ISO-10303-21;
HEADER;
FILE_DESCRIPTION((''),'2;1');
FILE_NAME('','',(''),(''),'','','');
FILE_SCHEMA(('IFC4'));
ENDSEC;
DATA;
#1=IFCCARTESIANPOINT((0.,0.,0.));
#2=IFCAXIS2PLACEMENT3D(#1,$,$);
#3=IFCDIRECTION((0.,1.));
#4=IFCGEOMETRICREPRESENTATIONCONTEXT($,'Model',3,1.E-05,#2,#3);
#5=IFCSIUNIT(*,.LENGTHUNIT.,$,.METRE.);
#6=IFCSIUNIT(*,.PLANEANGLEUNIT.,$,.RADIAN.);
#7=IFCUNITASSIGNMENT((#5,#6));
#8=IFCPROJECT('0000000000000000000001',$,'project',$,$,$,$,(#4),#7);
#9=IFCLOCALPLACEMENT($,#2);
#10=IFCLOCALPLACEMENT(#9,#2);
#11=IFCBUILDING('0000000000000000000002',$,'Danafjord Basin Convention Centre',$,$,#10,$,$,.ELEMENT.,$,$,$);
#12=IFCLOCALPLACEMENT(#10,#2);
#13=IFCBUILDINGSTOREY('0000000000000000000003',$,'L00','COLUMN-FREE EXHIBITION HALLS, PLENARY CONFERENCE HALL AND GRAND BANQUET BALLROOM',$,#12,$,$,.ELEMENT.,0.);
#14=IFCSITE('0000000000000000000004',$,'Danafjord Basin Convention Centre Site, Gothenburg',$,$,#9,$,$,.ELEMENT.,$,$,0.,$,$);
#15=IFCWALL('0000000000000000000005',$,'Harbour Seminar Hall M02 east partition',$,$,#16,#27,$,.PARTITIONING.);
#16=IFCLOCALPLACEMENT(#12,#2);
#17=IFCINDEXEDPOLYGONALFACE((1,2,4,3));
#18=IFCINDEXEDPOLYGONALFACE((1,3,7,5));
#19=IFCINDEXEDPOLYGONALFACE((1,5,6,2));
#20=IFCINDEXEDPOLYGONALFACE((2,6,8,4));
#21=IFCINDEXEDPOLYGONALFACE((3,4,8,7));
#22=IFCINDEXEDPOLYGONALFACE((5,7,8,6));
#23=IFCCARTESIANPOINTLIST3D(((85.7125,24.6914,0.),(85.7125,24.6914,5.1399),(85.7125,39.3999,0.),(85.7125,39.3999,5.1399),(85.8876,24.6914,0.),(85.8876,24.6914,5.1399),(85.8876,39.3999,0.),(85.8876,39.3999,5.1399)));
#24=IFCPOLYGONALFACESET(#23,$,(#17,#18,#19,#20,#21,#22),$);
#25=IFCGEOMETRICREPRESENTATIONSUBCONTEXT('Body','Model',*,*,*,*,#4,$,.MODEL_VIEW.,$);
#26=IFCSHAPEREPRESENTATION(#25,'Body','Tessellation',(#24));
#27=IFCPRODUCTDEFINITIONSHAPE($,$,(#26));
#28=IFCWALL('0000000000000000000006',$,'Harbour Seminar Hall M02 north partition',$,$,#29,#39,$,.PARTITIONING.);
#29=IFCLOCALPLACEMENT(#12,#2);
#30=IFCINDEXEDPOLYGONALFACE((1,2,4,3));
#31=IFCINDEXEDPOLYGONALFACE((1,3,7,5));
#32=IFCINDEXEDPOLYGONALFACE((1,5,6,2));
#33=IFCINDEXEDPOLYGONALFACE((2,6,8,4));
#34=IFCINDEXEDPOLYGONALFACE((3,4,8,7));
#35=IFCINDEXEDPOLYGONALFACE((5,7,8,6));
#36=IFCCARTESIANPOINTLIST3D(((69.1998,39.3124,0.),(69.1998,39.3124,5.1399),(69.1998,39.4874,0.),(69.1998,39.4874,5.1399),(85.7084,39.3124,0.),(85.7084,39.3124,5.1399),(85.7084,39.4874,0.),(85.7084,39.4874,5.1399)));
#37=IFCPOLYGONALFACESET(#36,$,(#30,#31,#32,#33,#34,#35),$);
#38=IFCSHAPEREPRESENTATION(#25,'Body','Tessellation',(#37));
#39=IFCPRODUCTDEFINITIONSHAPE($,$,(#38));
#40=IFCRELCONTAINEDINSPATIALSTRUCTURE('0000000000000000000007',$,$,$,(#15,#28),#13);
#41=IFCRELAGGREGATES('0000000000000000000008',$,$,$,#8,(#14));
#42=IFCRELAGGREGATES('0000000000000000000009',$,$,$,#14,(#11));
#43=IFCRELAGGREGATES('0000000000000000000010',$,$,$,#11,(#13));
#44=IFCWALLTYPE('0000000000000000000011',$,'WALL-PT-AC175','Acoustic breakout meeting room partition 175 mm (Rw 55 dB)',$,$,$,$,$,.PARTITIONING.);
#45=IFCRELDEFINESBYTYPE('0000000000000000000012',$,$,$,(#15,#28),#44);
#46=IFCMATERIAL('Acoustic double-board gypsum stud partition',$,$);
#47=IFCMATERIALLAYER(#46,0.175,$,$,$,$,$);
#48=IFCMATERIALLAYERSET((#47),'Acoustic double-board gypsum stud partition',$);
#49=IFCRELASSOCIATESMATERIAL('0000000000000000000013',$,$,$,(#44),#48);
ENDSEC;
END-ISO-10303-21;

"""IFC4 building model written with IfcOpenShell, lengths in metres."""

from ifc_helpers import new_model, si_unit, direction, frame, frame_2d, origin, place, context, subcontext, project, spatial, rectangle, extrude, material, layer, layer_set, type_object, element, save


model = new_model("IFC4")

# Units and contexts
model_context = context("Model", 3, precision=1e-05, world=origin(), true_north=direction((0.0, 1.0)))
body_context = subcontext(model_context, "Body", "Model", "MODEL_VIEW")
ifc_project = project(units=[si_unit("LENGTHUNIT", "METRE"), si_unit("PLANEANGLEUNIT", "RADIAN")], contexts=[model_context])

# Site, building, storey
site_placement = place(None, origin())
site = spatial("IfcSite", under=ifc_project, at=site_placement, Name="Danafjord Basin Convention Centre Site, Gothenburg", CompositionType="ELEMENT", RefElevation=0.0)
building_placement = place(site_placement, origin())
building = spatial("IfcBuilding", under=site, at=building_placement, Name="Danafjord Basin Convention Centre", CompositionType="ELEMENT")
storey_placement = place(building_placement, origin())
storey = spatial("IfcBuildingStorey", under=building, at=storey_placement, Name="L00", Description="COLUMN-FREE EXHIBITION HALLS, PLENARY CONFERENCE HALL AND GRAND BANQUET BALLROOM", CompositionType="ELEMENT", Elevation=0.0)

# Walls
ifc_material_1 = material(Name="Acoustic double-board gypsum stud partition")
ifc_layer_1 = layer(ifc_material_1, 0.175)
ifc_layer_set_1 = layer_set([ifc_layer_1], Name="Acoustic double-board gypsum stud partition")
wall_type_1 = type_object("IfcWallType", Name="WALL-PT-AC175", Description="Acoustic breakout meeting room partition 175 mm (Rw 55 dB)", PredefinedType="PARTITIONING", material=ifc_layer_set_1)
wall_1_placement = place(storey_placement, frame((85.8, 24.6914, 0.0), z_axis=(0.0, 0.0, 1.0), x_axis=(0.0, 1.0, 0.0)))
element("IfcWall", 1, at=wall_1_placement, inside=storey, type_object=wall_type_1, Name="Harbour Seminar Hall M02 east partition", PredefinedType="PARTITIONING", context=body_context, shape_type="SweptSolid", body=[
    extrude(rectangle(XDim=14.7085, YDim=0.175, at=frame_2d((7.3542, 0.0))), origin(), (0.0, 0.0, 1.0), 5.1399),
])
wall_2_placement = place(storey_placement, frame((85.7085, 39.3999, 0.0), z_axis=(0.0, 0.0, 1.0), x_axis=(-1.0, 0.0, 0.0)))
element("IfcWall", 2, at=wall_2_placement, inside=storey, type_object=wall_type_1, Name="Harbour Seminar Hall M02 north partition", PredefinedType="PARTITIONING", context=body_context, shape_type="SweptSolid", body=[
    extrude(rectangle(XDim=16.5085, YDim=0.175, at=frame_2d((8.2544, 0.0))), origin(), (0.0, 0.0, 1.0), 5.1399),
])

save(model, "model.ifc")
